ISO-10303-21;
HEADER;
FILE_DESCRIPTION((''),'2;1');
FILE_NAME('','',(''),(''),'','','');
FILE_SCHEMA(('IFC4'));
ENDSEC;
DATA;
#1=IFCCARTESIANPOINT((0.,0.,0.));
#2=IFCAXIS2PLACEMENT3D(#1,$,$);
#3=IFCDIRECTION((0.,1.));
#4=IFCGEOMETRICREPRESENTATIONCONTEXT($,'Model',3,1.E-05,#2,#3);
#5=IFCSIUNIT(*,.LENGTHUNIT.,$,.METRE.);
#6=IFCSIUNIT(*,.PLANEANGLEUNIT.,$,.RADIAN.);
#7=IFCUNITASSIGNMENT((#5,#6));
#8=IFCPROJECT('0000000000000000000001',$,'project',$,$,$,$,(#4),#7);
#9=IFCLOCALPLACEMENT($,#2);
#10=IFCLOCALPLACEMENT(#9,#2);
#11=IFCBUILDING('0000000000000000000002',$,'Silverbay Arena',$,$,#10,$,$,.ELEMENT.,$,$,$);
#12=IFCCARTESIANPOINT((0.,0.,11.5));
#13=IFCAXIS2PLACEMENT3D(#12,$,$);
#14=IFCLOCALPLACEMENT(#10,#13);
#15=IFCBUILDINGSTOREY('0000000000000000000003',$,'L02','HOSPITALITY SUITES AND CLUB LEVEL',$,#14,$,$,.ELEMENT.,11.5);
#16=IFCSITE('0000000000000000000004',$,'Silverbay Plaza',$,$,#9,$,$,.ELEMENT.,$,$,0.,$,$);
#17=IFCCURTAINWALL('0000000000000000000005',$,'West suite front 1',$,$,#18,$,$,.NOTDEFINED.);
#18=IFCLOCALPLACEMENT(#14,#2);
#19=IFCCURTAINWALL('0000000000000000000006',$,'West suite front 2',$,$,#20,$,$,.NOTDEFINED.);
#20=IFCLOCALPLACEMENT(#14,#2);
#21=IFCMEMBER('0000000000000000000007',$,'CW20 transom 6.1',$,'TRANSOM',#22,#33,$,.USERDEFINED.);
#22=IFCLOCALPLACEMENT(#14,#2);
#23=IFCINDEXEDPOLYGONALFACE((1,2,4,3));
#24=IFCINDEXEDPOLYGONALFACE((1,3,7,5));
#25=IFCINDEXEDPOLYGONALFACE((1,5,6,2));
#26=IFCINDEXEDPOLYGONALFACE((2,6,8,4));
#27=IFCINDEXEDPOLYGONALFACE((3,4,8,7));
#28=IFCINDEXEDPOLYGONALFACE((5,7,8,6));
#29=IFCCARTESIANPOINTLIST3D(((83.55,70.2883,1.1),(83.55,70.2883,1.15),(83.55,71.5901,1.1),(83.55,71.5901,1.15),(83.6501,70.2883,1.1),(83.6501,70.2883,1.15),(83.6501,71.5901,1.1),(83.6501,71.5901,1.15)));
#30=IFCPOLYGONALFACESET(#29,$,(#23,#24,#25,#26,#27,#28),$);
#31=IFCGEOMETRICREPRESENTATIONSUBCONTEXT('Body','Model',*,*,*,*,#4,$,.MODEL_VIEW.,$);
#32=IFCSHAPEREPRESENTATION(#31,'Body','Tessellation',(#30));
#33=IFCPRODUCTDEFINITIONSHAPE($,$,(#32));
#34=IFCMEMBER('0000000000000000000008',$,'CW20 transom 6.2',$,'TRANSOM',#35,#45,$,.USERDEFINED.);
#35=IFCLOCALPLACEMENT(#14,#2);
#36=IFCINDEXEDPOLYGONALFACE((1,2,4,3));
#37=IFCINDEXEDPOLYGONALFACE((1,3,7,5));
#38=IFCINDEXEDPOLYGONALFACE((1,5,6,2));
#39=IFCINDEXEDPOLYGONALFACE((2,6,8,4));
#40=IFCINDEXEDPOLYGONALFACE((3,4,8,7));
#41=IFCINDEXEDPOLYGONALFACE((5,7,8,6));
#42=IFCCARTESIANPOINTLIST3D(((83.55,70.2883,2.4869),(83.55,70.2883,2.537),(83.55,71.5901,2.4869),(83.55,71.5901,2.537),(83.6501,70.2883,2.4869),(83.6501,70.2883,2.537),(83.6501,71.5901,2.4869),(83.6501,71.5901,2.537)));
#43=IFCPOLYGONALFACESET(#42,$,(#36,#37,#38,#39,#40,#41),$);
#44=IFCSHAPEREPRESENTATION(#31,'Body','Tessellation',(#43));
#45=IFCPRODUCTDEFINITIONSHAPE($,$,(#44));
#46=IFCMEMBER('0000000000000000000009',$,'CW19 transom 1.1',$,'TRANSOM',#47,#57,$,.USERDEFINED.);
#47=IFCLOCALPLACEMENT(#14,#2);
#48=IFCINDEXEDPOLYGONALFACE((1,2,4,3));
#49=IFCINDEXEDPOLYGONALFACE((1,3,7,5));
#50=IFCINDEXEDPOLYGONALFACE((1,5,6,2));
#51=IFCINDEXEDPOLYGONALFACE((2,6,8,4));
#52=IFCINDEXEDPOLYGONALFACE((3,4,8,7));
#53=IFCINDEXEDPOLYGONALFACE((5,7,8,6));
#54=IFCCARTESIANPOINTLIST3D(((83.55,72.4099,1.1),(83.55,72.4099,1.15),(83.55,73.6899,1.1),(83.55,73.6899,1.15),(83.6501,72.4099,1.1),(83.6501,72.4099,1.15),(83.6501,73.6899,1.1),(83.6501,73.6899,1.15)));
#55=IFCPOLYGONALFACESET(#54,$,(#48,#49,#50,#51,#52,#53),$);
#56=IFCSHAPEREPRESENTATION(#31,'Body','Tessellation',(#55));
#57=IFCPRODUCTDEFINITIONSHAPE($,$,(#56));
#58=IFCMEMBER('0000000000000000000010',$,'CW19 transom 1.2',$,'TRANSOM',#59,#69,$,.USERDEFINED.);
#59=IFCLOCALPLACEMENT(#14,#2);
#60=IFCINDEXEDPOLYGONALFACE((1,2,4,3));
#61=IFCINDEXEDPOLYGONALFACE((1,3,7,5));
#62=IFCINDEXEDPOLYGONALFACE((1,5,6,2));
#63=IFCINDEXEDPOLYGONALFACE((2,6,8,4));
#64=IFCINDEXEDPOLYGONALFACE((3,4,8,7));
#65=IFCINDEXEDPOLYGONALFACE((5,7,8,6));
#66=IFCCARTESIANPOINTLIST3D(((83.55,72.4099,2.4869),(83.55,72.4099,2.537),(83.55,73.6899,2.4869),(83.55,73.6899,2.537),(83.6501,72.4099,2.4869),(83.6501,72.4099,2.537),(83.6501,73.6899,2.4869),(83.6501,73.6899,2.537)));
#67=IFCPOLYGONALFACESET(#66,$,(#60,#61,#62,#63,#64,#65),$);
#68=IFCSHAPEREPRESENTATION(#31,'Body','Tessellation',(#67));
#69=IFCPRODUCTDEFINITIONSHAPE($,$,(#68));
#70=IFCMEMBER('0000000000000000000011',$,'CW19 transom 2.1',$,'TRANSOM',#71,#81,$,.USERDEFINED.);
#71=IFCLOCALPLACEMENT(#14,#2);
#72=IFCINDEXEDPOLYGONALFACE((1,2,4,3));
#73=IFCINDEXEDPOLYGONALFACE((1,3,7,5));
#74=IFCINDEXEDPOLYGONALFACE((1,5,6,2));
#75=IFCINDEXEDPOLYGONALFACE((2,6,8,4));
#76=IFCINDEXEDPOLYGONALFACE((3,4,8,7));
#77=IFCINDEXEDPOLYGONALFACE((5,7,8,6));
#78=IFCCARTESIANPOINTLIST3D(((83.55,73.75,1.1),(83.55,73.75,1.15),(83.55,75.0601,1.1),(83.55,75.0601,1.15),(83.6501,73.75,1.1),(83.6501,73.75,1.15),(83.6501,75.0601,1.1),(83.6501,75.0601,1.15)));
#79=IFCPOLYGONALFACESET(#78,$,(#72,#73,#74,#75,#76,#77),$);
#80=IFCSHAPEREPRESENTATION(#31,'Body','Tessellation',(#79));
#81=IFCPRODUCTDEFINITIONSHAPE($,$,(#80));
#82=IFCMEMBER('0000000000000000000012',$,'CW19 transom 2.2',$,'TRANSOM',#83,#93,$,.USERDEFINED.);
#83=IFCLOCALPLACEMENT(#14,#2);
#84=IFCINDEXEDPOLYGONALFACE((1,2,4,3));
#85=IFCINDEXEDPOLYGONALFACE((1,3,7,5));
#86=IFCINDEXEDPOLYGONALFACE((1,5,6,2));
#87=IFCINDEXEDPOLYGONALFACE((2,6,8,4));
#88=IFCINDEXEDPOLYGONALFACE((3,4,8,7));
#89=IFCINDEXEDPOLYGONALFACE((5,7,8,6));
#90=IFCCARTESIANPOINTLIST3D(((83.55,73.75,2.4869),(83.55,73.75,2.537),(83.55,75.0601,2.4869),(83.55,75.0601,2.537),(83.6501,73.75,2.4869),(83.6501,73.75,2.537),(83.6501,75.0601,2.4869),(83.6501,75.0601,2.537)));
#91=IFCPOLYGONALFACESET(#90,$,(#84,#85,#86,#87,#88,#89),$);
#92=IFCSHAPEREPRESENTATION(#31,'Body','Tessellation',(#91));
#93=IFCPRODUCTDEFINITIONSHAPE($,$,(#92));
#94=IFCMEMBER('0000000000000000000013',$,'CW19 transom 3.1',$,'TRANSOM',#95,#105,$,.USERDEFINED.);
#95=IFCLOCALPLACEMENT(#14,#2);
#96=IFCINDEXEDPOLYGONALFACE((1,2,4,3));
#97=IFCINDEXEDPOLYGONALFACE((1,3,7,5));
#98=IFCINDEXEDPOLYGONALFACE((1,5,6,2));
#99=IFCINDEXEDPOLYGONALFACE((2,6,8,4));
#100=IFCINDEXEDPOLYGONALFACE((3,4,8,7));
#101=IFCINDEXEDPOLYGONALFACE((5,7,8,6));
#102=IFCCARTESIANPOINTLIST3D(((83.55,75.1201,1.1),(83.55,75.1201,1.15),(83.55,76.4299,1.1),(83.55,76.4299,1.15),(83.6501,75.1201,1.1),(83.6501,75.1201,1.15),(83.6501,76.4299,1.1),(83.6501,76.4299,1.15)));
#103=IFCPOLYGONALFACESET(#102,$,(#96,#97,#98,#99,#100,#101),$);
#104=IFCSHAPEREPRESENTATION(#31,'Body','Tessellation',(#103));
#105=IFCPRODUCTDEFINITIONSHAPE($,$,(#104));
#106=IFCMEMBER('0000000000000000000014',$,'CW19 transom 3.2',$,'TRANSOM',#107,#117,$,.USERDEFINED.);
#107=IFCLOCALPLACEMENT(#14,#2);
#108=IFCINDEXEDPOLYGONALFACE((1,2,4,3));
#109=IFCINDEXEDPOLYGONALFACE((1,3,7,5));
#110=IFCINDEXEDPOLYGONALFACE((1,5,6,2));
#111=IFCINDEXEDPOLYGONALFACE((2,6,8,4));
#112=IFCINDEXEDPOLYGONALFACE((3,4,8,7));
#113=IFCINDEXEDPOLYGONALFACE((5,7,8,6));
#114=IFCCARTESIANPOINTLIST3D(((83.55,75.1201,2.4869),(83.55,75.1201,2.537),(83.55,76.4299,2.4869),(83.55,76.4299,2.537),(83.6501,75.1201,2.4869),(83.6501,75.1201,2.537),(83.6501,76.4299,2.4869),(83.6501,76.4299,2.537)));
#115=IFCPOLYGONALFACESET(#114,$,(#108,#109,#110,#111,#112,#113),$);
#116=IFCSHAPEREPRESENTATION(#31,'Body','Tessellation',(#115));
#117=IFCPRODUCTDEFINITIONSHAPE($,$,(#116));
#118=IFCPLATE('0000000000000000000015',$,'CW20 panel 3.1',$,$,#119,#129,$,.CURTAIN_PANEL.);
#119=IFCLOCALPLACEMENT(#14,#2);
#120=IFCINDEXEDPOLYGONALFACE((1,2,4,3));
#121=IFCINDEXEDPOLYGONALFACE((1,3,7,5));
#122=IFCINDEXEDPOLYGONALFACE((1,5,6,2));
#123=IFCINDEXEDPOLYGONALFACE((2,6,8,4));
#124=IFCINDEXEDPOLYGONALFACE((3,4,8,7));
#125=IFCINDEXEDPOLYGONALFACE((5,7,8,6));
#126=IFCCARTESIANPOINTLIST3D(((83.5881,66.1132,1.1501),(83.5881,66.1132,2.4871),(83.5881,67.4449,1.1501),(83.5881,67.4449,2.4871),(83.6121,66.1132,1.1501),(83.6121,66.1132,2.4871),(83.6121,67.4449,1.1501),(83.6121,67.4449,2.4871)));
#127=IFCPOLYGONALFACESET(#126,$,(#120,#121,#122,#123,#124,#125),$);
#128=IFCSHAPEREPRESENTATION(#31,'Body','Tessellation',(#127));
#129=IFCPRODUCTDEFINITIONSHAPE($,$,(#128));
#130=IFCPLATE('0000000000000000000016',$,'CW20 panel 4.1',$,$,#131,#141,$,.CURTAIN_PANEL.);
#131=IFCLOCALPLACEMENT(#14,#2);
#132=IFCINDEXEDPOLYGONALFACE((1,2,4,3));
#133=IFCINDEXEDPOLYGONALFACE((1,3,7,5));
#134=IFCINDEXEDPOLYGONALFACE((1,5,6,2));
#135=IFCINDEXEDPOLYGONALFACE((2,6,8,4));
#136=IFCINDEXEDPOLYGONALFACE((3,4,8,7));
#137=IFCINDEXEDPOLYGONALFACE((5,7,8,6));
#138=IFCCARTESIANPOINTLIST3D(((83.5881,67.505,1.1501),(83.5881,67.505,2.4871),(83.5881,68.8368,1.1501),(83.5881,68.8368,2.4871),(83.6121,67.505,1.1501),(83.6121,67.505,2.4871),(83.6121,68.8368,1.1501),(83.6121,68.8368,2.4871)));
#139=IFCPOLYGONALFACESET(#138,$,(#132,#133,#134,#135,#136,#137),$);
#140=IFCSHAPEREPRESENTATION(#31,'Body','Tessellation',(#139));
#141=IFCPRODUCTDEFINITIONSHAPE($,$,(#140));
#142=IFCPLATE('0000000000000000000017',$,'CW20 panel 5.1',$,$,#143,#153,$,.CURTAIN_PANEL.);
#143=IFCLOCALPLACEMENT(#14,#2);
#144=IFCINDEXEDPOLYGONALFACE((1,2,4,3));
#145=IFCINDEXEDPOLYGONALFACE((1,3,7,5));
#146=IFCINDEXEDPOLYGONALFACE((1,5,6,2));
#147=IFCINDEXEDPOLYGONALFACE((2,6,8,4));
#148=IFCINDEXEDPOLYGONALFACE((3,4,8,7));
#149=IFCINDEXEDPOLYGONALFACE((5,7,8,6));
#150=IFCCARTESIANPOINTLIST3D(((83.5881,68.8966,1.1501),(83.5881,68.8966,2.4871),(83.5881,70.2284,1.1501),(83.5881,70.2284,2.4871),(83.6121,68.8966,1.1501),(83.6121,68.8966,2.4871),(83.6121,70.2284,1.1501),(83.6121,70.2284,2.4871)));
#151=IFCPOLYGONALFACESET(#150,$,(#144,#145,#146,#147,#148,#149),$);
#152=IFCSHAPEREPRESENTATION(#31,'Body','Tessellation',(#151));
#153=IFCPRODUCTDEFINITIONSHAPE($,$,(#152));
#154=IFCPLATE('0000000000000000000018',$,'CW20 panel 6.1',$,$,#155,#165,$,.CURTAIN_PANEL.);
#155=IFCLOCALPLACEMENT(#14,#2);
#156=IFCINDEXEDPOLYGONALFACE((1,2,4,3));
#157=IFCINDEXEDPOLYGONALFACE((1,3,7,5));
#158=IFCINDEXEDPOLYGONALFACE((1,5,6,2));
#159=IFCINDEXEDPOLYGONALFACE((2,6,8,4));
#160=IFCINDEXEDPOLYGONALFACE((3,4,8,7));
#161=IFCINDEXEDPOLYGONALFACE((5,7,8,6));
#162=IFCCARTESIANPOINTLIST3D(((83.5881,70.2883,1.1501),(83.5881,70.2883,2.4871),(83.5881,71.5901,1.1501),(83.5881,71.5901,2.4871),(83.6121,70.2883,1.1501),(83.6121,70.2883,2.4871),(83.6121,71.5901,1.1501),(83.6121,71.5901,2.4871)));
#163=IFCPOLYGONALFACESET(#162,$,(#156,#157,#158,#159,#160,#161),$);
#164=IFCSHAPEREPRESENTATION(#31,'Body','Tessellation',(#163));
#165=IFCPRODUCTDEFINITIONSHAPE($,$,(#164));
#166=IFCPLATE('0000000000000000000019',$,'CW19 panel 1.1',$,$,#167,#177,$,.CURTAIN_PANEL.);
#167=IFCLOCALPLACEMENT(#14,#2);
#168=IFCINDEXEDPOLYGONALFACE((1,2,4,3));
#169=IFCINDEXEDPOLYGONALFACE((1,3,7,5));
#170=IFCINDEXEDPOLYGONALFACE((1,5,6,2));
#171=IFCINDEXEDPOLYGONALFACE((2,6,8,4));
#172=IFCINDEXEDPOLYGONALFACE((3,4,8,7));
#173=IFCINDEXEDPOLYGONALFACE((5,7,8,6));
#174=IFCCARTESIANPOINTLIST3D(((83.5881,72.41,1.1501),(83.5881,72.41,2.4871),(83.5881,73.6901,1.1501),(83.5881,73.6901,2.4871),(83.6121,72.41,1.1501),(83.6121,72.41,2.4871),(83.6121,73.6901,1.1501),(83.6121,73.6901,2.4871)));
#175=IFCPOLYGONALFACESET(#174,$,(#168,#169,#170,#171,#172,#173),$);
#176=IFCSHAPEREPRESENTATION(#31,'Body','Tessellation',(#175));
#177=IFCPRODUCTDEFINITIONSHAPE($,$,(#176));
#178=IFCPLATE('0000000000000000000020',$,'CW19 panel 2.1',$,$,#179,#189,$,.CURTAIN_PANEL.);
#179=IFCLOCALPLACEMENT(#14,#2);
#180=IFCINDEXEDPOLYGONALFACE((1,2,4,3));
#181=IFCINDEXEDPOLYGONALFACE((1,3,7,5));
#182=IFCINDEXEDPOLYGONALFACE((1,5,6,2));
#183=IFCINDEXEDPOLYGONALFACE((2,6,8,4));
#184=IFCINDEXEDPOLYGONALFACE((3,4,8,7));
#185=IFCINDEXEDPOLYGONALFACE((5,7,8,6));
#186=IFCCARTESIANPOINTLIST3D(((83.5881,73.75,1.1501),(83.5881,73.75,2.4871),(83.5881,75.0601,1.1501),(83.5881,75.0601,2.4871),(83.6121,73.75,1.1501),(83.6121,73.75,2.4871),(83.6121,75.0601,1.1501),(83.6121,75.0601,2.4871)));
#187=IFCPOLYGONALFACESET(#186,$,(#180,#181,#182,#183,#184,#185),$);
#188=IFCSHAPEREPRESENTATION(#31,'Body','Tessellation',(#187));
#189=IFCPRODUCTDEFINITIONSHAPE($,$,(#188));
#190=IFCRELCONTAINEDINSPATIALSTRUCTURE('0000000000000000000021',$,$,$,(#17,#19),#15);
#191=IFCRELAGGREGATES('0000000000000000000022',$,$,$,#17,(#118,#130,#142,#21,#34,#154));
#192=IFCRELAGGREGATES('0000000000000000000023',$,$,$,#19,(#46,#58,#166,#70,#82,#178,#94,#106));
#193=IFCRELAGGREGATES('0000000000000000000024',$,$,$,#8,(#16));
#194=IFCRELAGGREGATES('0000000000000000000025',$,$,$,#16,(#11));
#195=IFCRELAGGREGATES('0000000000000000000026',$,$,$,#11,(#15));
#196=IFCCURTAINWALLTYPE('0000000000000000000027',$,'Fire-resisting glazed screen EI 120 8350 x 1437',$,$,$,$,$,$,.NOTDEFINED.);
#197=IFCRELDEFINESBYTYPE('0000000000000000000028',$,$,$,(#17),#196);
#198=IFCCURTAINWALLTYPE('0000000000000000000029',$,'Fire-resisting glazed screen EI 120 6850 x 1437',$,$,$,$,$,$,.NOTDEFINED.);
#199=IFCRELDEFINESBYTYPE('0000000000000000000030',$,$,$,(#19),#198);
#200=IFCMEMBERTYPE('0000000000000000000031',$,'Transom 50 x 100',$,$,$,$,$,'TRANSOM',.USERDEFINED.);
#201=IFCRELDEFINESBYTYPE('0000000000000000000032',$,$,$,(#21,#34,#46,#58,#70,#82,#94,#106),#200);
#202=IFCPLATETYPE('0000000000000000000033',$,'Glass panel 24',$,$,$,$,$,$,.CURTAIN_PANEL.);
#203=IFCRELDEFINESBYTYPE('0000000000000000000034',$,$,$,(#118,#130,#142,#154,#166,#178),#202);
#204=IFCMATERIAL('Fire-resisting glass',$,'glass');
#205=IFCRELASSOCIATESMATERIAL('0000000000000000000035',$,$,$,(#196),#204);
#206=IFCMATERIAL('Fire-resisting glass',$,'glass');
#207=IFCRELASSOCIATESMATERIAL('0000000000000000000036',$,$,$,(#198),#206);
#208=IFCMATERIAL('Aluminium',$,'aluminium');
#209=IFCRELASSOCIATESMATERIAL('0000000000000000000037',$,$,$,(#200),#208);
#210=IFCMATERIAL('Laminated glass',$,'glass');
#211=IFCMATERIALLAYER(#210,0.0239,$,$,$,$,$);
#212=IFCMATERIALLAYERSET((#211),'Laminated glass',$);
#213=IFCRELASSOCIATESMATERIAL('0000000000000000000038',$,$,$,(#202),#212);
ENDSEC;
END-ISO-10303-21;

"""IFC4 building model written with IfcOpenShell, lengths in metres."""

from ifc_helpers import new_model, si_unit, direction, frame, origin, origin_2d, place, context, subcontext, project, spatial, rectangle, extrude, material, layer, layer_set, material_profile, profile_set, type_object, element, aggregate, save


model = new_model("IFC4")

# Units and contexts
model_context = context("Model", 3, precision=1e-05, world=origin(), true_north=direction((0.0, 1.0)))
body_context = subcontext(model_context, "Body", "Model", "MODEL_VIEW")
ifc_project = project(units=[si_unit("LENGTHUNIT", "METRE"), si_unit("PLANEANGLEUNIT", "RADIAN")], contexts=[model_context])

# Site, building, storey
site_placement = place(None, origin())
site = spatial("IfcSite", under=ifc_project, at=site_placement, Name="Silverbay Plaza", CompositionType="ELEMENT", RefElevation=0.0)
building_placement = place(site_placement, origin())
building = spatial("IfcBuilding", under=site, at=building_placement, Name="Silverbay Arena", CompositionType="ELEMENT")
storey_placement = place(building_placement, frame((0.0, 0.0, 11.5)))
storey = spatial("IfcBuildingStorey", under=building, at=storey_placement, Name="L02", Description="HOSPITALITY SUITES AND CLUB LEVEL", CompositionType="ELEMENT", Elevation=11.5)

# Curtain walls
ifc_material_1 = material(Name="Fire-resisting glass", Category="glass")
curtain_wall_type_1 = type_object("IfcCurtainWallType", Name="Fire-resisting glazed screen EI 120 8350 x 1437", PredefinedType="NOTDEFINED", material=ifc_material_1)
curtain_wall_1_placement = place(storey_placement, origin())
curtain_wall_1 = element("IfcCurtainWall", 1, at=curtain_wall_1_placement, inside=storey, type_object=curtain_wall_type_1, Name="West suite front 1", PredefinedType="NOTDEFINED")
ifc_material_2 = material(Name="Fire-resisting glass", Category="glass")
curtain_wall_type_2 = type_object("IfcCurtainWallType", Name="Fire-resisting glazed screen EI 120 6850 x 1437", PredefinedType="NOTDEFINED", material=ifc_material_2)
curtain_wall_2_placement = place(storey_placement, origin())
curtain_wall_2 = element("IfcCurtainWall", 2, at=curtain_wall_2_placement, inside=storey, type_object=curtain_wall_type_2, Name="West suite front 2", PredefinedType="NOTDEFINED")

# Members
ifc_material_3 = material(Name="Aluminium", Category="aluminium")
ifc_material_profile_1 = material_profile(ifc_material_3, rectangle(XDim=0.1001, YDim=0.05, at=origin_2d()), Name="Transom 50 x 100")
ifc_profile_set_1 = profile_set([ifc_material_profile_1], Name="Aluminium")
member_type_1 = type_object("IfcMemberType", Name="Transom 50 x 100", ElementType="TRANSOM", PredefinedType="USERDEFINED", material=ifc_profile_set_1)
member_1_placement = place(storey_placement, frame((83.6001, 70.2883, 1.125), z_axis=(0.0, 1.0, 0.0), x_axis=(-1.0, 0.0, 0.0)))
member_1 = element("IfcMember", 3, at=member_1_placement, type_object=member_type_1, Name="CW20 transom 6.1", ObjectType="TRANSOM", PredefinedType="USERDEFINED", context=body_context, shape_type="SweptSolid", body=[
    extrude(rectangle(XDim=0.1001, YDim=0.05, at=origin_2d()), origin(), (0.0, 0.0, 1.0), 1.3018),
])
member_2_placement = place(storey_placement, frame((83.6001, 70.2883, 2.512), z_axis=(0.0, 1.0, 0.0), x_axis=(-1.0, 0.0, 0.0)))
member_2 = element("IfcMember", 4, at=member_2_placement, type_object=member_type_1, Name="CW20 transom 6.2", ObjectType="TRANSOM", PredefinedType="USERDEFINED", context=body_context, shape_type="SweptSolid", body=[
    extrude(rectangle(XDim=0.1001, YDim=0.05, at=origin_2d()), origin(), (0.0, 0.0, 1.0), 1.3018),
])
member_3_placement = place(storey_placement, frame((83.6001, 72.4099, 1.125), z_axis=(0.0, 1.0, 0.0), x_axis=(-1.0, 0.0, 0.0)))
member_3 = element("IfcMember", 5, at=member_3_placement, type_object=member_type_1, Name="CW19 transom 1.1", ObjectType="TRANSOM", PredefinedType="USERDEFINED", context=body_context, shape_type="SweptSolid", body=[
    extrude(rectangle(XDim=0.1001, YDim=0.05, at=origin_2d()), origin(), (0.0, 0.0, 1.0), 1.28),
])
member_4_placement = place(storey_placement, frame((83.6001, 72.4099, 2.512), z_axis=(0.0, 1.0, 0.0), x_axis=(-1.0, 0.0, 0.0)))
member_4 = element("IfcMember", 6, at=member_4_placement, type_object=member_type_1, Name="CW19 transom 1.2", ObjectType="TRANSOM", PredefinedType="USERDEFINED", context=body_context, shape_type="SweptSolid", body=[
    extrude(rectangle(XDim=0.1001, YDim=0.05, at=origin_2d()), origin(), (0.0, 0.0, 1.0), 1.28),
])
member_5_placement = place(storey_placement, frame((83.6001, 73.75, 1.125), z_axis=(0.0, 1.0, 0.0), x_axis=(-1.0, 0.0, 0.0)))
member_5 = element("IfcMember", 7, at=member_5_placement, type_object=member_type_1, Name="CW19 transom 2.1", ObjectType="TRANSOM", PredefinedType="USERDEFINED", context=body_context, shape_type="SweptSolid", body=[
    extrude(rectangle(XDim=0.1001, YDim=0.05, at=origin_2d()), origin(), (0.0, 0.0, 1.0), 1.3101),
])
member_6_placement = place(storey_placement, frame((83.6001, 73.75, 2.512), z_axis=(0.0, 1.0, 0.0), x_axis=(-1.0, 0.0, 0.0)))
member_6 = element("IfcMember", 8, at=member_6_placement, type_object=member_type_1, Name="CW19 transom 2.2", ObjectType="TRANSOM", PredefinedType="USERDEFINED", context=body_context, shape_type="SweptSolid", body=[
    extrude(rectangle(XDim=0.1001, YDim=0.05, at=origin_2d()), origin(), (0.0, 0.0, 1.0), 1.3101),
])
member_7_placement = place(storey_placement, frame((83.6001, 75.1201, 1.125), z_axis=(0.0, 1.0, 0.0), x_axis=(-1.0, 0.0, 0.0)))
member_7 = element("IfcMember", 9, at=member_7_placement, type_object=member_type_1, Name="CW19 transom 3.1", ObjectType="TRANSOM", PredefinedType="USERDEFINED", context=body_context, shape_type="SweptSolid", body=[
    extrude(rectangle(XDim=0.1001, YDim=0.05, at=origin_2d()), origin(), (0.0, 0.0, 1.0), 1.3098),
])
member_8_placement = place(storey_placement, frame((83.6001, 75.1201, 2.512), z_axis=(0.0, 1.0, 0.0), x_axis=(-1.0, 0.0, 0.0)))
member_8 = element("IfcMember", 10, at=member_8_placement, type_object=member_type_1, Name="CW19 transom 3.2", ObjectType="TRANSOM", PredefinedType="USERDEFINED", context=body_context, shape_type="SweptSolid", body=[
    extrude(rectangle(XDim=0.1001, YDim=0.05, at=origin_2d()), origin(), (0.0, 0.0, 1.0), 1.3098),
])

# Plates
ifc_material_4 = material(Name="Laminated glass", Category="glass")
ifc_layer_1 = layer(ifc_material_4, 0.0239)
ifc_layer_set_1 = layer_set([ifc_layer_1], Name="Laminated glass")
plate_type = type_object("IfcPlateType", Name="Glass panel 24", PredefinedType="CURTAIN_PANEL", material=ifc_layer_set_1)
plate_1_placement = place(storey_placement, frame((83.6001, 66.7791, 1.1501), z_axis=(0.0, 0.0, 1.0), x_axis=(0.0, 1.0, 0.0)))
plate_1 = element("IfcPlate", 11, at=plate_1_placement, type_object=plate_type, Name="CW20 panel 3.1", PredefinedType="CURTAIN_PANEL", context=body_context, shape_type="SweptSolid", body=[
    extrude(rectangle(XDim=1.3318, YDim=0.0239, at=origin_2d()), origin(), (0.0, 0.0, 1.0), 1.3369),
])
plate_2_placement = place(storey_placement, frame((83.6001, 68.1709, 1.1501), z_axis=(0.0, 0.0, 1.0), x_axis=(0.0, 1.0, 0.0)))
plate_2 = element("IfcPlate", 12, at=plate_2_placement, type_object=plate_type, Name="CW20 panel 4.1", PredefinedType="CURTAIN_PANEL", context=body_context, shape_type="SweptSolid", body=[
    extrude(rectangle(XDim=1.3318, YDim=0.0239, at=origin_2d()), origin(), (0.0, 0.0, 1.0), 1.3369),
])
plate_3_placement = place(storey_placement, frame((83.6001, 69.5625, 1.1501), z_axis=(0.0, 0.0, 1.0), x_axis=(0.0, 1.0, 0.0)))
plate_3 = element("IfcPlate", 13, at=plate_3_placement, type_object=plate_type, Name="CW20 panel 5.1", PredefinedType="CURTAIN_PANEL", context=body_context, shape_type="SweptSolid", body=[
    extrude(rectangle(XDim=1.3318, YDim=0.0239, at=origin_2d()), origin(), (0.0, 0.0, 1.0), 1.3369),
])
plate_4_placement = place(storey_placement, frame((83.6001, 70.9392, 1.1501), z_axis=(0.0, 0.0, 1.0), x_axis=(0.0, 1.0, 0.0)))
plate_4 = element("IfcPlate", 14, at=plate_4_placement, type_object=plate_type, Name="CW20 panel 6.1", PredefinedType="CURTAIN_PANEL", context=body_context, shape_type="SweptSolid", body=[
    extrude(rectangle(XDim=1.3018, YDim=0.0239, at=origin_2d()), origin(), (0.0, 0.0, 1.0), 1.3369),
])
aggregate(curtain_wall_1, [plate_1, plate_2, plate_3, member_1, member_2, plate_4])
plate_5_placement = place(storey_placement, frame((83.6001, 73.05, 1.1501), z_axis=(0.0, 0.0, 1.0), x_axis=(0.0, 1.0, 0.0)))
plate_5 = element("IfcPlate", 15, at=plate_5_placement, type_object=plate_type, Name="CW19 panel 1.1", PredefinedType="CURTAIN_PANEL", context=body_context, shape_type="SweptSolid", body=[
    extrude(rectangle(XDim=1.28, YDim=0.0239, at=origin_2d()), origin(), (0.0, 0.0, 1.0), 1.3369),
])
plate_6_placement = place(storey_placement, frame((83.6001, 74.405, 1.1501), z_axis=(0.0, 0.0, 1.0), x_axis=(0.0, 1.0, 0.0)))
plate_6 = element("IfcPlate", 16, at=plate_6_placement, type_object=plate_type, Name="CW19 panel 2.1", PredefinedType="CURTAIN_PANEL", context=body_context, shape_type="SweptSolid", body=[
    extrude(rectangle(XDim=1.3101, YDim=0.0239, at=origin_2d()), origin(), (0.0, 0.0, 1.0), 1.3369),
])
aggregate(curtain_wall_2, [member_3, member_4, plate_5, member_5, member_6, plate_6, member_7, member_8])

save(model, "model.ifc")
